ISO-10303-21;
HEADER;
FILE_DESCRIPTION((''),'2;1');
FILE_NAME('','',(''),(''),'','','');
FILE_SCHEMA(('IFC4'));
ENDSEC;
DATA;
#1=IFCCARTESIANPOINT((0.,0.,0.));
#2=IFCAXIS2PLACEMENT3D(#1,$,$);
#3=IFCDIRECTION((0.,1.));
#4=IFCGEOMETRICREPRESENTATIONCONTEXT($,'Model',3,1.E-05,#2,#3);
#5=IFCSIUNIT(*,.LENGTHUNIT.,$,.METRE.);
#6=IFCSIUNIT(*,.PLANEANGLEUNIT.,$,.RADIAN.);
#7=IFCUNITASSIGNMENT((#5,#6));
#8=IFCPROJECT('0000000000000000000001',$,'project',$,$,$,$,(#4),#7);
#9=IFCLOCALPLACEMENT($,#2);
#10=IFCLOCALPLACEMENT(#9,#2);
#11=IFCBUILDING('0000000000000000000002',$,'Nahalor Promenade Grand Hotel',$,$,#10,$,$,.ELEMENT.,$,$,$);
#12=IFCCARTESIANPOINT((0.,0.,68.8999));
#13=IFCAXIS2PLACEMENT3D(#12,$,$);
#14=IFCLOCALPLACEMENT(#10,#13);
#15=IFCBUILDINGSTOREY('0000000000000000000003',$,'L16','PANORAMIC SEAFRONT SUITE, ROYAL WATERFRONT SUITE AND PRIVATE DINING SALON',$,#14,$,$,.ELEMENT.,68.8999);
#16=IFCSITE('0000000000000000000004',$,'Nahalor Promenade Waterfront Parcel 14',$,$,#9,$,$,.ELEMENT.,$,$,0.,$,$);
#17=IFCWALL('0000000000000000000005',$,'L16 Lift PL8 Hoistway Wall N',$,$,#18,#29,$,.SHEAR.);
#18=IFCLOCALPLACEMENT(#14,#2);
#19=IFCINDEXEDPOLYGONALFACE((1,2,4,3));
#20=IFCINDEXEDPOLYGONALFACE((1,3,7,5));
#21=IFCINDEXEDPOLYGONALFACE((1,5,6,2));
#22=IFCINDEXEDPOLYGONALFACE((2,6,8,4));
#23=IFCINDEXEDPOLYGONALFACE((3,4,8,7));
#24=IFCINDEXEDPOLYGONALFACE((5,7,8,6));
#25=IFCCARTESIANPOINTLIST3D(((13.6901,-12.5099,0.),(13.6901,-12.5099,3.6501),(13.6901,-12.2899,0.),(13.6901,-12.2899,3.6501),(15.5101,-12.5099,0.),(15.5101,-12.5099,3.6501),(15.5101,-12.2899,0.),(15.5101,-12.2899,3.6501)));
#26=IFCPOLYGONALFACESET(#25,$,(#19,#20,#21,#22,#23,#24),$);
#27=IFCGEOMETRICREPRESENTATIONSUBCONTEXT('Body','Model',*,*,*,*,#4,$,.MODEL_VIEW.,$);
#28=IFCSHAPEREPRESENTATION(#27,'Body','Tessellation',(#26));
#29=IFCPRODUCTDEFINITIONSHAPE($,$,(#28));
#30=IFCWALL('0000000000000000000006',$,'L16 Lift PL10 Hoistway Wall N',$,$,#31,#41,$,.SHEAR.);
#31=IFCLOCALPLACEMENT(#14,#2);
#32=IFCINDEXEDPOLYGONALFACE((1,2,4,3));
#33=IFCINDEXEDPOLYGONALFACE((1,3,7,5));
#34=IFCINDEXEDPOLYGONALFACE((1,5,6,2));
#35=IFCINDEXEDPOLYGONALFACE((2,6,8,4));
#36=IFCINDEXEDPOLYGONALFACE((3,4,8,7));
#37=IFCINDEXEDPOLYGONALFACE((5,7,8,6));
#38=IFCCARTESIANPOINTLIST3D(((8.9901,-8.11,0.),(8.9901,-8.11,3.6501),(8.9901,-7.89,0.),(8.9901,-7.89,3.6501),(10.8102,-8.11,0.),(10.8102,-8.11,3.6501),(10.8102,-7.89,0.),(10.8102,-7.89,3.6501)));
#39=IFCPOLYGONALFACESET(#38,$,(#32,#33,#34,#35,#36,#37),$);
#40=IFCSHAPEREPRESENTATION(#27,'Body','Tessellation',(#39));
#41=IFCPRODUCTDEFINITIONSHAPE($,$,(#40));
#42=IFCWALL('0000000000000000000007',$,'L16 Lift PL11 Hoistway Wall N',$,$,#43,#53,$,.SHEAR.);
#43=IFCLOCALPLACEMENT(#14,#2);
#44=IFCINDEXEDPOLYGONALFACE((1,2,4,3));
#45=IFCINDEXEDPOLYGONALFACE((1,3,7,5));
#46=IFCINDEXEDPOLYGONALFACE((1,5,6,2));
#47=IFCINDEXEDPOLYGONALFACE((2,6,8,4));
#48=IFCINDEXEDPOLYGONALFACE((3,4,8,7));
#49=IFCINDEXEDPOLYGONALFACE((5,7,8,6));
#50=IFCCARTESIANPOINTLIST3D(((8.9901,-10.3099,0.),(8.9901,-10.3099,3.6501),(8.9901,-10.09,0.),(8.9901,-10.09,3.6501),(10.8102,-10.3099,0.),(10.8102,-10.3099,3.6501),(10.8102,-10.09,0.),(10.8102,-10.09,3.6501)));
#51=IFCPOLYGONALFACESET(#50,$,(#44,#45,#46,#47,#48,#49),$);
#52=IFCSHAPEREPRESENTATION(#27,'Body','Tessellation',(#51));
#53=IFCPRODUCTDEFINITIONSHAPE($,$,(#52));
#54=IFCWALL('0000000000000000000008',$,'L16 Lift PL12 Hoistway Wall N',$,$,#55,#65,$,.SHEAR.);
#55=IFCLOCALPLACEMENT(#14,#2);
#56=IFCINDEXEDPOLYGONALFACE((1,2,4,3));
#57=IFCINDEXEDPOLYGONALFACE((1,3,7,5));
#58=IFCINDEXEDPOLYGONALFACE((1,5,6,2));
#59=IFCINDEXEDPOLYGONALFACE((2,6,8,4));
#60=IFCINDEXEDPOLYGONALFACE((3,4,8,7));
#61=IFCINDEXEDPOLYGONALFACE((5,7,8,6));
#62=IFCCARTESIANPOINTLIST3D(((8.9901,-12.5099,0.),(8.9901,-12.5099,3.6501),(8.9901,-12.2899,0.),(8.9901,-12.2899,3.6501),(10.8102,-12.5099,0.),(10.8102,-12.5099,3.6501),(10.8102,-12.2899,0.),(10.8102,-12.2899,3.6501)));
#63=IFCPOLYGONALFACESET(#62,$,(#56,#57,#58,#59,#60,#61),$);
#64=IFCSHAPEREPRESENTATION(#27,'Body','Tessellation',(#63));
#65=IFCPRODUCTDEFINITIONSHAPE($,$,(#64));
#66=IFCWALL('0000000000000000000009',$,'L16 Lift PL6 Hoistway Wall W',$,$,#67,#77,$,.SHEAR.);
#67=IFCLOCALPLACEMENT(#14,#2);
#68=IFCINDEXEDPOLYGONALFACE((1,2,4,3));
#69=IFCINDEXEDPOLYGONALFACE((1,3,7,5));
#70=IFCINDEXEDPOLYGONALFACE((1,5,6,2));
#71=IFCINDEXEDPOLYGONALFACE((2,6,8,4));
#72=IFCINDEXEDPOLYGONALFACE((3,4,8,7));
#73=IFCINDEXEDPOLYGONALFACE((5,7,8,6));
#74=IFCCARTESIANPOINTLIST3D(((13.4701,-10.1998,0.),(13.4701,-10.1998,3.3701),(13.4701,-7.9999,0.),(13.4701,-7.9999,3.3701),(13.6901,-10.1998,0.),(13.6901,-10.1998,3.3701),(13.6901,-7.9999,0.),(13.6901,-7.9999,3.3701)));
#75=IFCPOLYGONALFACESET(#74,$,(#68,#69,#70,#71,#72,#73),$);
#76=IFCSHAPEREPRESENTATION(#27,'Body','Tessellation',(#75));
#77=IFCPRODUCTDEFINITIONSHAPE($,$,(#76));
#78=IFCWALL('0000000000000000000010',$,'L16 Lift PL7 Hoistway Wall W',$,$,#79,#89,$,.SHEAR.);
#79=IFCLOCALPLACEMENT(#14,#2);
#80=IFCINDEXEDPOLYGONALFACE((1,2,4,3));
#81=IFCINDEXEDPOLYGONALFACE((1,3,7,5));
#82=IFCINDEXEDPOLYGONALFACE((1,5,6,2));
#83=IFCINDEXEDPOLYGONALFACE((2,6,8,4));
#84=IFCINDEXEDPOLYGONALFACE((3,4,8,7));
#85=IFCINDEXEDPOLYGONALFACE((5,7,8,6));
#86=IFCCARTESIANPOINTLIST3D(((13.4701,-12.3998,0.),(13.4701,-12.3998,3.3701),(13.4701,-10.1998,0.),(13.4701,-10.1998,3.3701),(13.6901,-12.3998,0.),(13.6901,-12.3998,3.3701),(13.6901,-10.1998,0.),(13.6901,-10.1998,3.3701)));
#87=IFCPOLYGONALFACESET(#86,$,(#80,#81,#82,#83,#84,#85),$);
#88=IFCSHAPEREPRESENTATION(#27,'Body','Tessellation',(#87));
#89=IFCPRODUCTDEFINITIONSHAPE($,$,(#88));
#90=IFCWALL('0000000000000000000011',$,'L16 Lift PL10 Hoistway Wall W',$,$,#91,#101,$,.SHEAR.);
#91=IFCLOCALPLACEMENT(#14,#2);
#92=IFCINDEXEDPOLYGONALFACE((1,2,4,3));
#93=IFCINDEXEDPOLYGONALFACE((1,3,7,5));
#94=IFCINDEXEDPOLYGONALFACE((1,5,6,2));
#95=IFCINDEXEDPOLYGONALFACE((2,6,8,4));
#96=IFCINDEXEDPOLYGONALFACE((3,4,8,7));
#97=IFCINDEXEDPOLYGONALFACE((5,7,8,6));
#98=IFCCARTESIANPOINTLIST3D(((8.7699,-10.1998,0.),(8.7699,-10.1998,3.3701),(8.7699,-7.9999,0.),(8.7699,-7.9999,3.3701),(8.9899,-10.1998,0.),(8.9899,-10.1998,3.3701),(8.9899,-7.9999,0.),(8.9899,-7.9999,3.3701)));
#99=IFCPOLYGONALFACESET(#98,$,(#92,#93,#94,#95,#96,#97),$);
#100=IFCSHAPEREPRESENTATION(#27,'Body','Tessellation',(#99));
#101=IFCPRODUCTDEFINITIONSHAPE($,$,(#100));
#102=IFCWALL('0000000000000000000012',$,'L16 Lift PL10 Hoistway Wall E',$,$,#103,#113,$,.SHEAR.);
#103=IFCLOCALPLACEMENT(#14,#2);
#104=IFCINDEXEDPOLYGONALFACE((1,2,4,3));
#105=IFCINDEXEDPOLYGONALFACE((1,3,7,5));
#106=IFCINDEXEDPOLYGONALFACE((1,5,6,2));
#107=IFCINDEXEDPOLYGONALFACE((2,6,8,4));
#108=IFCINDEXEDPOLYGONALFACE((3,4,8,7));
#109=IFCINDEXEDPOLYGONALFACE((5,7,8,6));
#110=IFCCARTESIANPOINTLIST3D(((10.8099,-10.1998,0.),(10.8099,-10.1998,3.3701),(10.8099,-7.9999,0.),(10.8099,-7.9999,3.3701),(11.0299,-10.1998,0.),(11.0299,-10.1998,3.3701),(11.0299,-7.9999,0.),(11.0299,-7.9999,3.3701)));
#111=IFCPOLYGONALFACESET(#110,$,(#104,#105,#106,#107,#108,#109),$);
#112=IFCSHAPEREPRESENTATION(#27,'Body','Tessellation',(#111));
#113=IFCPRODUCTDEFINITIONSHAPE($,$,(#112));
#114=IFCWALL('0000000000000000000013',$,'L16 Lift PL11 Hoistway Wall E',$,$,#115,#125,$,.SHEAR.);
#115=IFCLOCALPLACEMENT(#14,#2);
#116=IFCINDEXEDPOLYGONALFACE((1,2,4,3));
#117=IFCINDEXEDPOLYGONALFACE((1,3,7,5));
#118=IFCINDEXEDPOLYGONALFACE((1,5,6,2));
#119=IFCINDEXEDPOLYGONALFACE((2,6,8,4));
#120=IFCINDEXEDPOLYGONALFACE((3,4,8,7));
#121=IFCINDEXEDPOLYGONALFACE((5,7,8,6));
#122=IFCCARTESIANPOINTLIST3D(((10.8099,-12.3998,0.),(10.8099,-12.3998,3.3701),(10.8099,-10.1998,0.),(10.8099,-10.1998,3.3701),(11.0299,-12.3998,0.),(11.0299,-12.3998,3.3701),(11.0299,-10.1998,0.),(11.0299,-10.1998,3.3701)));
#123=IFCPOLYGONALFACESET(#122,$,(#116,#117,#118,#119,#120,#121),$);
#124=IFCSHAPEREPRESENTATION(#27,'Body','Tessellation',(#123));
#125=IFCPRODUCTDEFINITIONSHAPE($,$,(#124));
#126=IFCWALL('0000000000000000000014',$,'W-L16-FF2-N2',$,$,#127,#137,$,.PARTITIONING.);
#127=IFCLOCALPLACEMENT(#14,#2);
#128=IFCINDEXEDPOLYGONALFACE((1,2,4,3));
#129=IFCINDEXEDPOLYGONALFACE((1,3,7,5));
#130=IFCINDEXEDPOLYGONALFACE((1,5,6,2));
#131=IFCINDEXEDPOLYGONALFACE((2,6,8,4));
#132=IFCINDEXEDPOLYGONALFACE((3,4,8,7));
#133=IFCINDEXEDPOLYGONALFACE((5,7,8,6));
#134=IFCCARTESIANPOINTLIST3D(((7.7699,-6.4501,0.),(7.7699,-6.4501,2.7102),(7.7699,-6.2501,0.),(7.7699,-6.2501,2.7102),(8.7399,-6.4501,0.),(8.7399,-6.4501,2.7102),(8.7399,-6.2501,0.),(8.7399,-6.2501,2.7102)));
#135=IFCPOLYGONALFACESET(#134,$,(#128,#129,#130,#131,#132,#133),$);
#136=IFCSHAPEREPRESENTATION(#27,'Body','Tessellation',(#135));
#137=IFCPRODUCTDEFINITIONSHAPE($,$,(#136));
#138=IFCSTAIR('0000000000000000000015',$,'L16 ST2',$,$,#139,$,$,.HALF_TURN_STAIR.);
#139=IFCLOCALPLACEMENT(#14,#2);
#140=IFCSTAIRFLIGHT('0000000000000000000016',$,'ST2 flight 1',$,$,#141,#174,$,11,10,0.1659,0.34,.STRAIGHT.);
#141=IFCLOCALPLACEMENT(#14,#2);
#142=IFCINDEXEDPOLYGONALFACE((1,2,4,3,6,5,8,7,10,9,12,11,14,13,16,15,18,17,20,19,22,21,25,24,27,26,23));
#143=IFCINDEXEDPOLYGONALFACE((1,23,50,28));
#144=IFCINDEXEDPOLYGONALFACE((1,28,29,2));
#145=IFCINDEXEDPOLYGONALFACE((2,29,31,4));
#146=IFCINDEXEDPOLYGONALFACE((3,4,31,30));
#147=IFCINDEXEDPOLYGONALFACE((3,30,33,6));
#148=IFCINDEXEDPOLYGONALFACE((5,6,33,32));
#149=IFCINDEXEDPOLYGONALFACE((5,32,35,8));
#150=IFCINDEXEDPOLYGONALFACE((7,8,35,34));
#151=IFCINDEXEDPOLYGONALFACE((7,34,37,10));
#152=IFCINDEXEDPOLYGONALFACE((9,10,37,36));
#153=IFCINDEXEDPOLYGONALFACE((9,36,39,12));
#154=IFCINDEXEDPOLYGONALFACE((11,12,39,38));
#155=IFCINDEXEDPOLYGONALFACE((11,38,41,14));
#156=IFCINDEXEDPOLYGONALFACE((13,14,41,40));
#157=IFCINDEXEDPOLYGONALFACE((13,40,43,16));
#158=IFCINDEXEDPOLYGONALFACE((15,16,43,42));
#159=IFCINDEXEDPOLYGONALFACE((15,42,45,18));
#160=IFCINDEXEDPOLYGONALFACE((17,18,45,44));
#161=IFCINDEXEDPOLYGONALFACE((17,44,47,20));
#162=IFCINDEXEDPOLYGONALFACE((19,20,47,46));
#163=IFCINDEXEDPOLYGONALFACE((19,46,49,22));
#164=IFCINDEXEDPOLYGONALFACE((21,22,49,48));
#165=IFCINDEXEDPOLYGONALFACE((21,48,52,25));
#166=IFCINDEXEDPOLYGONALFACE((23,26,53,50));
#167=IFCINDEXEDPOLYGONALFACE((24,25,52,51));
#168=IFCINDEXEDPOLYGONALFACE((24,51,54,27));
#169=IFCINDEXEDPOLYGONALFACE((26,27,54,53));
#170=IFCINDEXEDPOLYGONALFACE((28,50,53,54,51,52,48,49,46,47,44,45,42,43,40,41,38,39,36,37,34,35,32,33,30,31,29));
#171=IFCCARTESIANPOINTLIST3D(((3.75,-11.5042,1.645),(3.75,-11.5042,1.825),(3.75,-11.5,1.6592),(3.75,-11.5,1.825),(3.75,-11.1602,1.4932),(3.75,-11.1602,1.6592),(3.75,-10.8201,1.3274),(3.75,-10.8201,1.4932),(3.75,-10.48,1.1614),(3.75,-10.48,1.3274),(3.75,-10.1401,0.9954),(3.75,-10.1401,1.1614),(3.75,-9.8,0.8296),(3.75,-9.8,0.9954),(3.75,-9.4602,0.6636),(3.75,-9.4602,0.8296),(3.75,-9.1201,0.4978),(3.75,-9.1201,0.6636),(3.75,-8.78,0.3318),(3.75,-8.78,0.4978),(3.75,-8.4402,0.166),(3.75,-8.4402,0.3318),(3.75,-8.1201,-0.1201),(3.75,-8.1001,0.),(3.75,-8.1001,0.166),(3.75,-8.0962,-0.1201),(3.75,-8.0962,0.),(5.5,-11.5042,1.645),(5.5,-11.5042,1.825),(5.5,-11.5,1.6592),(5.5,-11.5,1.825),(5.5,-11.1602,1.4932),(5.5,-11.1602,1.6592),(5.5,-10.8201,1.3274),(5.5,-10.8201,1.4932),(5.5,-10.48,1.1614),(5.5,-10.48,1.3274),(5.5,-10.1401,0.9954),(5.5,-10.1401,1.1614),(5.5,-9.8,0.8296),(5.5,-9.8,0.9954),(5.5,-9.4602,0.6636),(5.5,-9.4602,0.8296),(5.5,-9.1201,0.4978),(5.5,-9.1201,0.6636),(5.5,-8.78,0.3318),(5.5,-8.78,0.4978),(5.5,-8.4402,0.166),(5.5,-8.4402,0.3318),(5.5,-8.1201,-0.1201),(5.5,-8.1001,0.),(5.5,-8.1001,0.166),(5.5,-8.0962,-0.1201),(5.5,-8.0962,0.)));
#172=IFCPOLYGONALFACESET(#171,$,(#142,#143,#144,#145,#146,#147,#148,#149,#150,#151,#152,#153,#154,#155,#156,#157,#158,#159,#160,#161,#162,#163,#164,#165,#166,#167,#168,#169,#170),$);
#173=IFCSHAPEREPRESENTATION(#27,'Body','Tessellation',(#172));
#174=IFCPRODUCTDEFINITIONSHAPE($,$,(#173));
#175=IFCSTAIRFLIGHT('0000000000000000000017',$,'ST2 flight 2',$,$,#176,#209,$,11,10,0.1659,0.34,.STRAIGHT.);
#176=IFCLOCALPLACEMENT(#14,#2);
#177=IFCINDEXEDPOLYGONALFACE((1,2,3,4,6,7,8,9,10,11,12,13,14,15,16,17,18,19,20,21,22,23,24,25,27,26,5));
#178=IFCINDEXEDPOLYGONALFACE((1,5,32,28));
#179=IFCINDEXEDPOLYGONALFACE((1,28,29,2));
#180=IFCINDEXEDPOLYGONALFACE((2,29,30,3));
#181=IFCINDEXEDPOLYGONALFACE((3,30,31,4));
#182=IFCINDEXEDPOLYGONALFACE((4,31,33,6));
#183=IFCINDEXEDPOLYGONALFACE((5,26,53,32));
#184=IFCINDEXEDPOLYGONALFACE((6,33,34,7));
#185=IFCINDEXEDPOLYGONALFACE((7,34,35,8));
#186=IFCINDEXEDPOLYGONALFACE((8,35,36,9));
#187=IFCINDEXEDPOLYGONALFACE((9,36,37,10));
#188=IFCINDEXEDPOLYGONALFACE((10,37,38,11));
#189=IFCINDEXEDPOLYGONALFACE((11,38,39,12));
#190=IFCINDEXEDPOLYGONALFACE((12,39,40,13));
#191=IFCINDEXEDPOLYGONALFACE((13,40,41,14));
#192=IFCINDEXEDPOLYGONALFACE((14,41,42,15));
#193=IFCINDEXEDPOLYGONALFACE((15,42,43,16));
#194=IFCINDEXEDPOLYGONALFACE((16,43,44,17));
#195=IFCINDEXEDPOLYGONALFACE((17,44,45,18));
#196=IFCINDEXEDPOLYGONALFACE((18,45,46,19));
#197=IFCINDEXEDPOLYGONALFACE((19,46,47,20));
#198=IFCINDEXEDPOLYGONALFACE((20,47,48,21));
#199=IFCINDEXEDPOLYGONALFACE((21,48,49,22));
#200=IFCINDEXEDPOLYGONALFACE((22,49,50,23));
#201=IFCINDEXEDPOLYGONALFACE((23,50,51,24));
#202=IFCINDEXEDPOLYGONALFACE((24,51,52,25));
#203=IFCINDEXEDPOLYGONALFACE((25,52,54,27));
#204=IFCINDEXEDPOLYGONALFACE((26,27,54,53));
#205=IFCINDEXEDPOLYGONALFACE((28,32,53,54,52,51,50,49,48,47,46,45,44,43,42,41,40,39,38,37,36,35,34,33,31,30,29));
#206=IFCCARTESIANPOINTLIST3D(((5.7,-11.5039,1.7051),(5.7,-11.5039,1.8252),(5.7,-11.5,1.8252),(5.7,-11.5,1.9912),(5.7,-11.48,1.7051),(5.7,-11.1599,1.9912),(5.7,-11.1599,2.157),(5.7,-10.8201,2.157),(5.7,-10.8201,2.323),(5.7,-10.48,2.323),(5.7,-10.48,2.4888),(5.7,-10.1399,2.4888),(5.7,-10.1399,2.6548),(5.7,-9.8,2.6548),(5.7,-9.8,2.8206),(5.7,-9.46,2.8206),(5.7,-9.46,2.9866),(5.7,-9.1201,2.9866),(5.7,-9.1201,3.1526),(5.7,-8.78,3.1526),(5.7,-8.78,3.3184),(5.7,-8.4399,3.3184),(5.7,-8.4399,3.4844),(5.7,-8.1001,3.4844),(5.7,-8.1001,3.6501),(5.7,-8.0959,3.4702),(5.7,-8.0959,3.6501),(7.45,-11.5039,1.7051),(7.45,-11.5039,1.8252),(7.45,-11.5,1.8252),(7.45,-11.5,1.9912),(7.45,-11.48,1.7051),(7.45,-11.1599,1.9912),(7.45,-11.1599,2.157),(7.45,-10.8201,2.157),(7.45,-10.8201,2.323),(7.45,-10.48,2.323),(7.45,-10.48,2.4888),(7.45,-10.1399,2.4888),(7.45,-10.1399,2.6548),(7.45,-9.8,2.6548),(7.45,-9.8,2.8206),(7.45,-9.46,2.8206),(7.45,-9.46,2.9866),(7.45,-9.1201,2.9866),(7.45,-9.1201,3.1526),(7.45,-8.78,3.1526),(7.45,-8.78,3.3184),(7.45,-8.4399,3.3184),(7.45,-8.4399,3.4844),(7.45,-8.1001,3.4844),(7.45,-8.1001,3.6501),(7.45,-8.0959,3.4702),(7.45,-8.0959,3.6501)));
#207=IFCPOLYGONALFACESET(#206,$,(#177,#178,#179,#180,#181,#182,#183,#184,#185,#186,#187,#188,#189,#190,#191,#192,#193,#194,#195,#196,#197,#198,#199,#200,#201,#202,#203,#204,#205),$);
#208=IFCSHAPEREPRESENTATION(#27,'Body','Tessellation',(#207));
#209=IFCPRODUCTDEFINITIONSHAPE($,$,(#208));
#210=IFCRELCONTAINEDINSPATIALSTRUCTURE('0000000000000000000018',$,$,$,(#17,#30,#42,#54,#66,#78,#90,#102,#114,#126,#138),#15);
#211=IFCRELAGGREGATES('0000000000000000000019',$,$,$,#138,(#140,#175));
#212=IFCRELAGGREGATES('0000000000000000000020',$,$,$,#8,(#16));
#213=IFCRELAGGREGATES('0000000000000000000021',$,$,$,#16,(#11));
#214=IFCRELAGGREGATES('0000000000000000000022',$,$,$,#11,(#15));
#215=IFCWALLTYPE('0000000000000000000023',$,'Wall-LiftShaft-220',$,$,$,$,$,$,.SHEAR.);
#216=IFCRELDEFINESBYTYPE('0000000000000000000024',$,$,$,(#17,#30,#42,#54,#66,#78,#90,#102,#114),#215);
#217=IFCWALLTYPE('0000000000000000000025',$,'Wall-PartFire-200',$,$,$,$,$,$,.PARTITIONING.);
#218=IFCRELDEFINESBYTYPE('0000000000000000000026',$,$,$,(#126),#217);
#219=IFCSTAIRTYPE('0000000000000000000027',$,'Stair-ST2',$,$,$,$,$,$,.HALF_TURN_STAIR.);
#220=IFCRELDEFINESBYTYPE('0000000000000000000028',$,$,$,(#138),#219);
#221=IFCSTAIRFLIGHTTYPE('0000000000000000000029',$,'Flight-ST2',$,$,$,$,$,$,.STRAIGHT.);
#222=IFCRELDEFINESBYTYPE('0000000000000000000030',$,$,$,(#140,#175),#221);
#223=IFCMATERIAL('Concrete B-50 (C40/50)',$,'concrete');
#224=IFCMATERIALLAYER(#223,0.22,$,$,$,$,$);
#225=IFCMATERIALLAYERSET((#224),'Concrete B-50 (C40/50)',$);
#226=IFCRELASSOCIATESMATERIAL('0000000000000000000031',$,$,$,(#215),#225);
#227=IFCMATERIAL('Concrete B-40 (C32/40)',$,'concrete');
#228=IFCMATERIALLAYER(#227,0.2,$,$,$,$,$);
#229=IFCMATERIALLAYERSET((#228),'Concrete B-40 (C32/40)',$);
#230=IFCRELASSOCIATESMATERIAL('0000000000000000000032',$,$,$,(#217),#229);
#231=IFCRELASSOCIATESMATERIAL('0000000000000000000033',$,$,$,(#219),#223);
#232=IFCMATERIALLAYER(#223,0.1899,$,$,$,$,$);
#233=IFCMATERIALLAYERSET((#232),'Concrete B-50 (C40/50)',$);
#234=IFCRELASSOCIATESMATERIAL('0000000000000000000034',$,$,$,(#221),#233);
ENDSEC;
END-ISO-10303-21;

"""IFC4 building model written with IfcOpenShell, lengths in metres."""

from ifc_helpers import new_model, si_unit, direction, frame, frame_2d, origin, place, context, subcontext, project, spatial, polyline, rectangle, outline, extrude, source, transform, mapped, material, layer, layer_set, type_object, element, aggregate, save


model = new_model("IFC4")

# Units and contexts
model_context = context("Model", 3, precision=1e-05, world=origin(), true_north=direction((0.0, 1.0)))
body_context = subcontext(model_context, "Body", "Model", "MODEL_VIEW")
ifc_project = project(units=[si_unit("LENGTHUNIT", "METRE"), si_unit("PLANEANGLEUNIT", "RADIAN")], contexts=[model_context])

# Site, building, storey
site_placement = place(None, origin())
site = spatial("IfcSite", under=ifc_project, at=site_placement, Name="Nahalor Promenade Waterfront Parcel 14", CompositionType="ELEMENT", RefElevation=0.0)
building_placement = place(site_placement, origin())
building = spatial("IfcBuilding", under=site, at=building_placement, Name="Nahalor Promenade Grand Hotel", CompositionType="ELEMENT")
storey_placement = place(building_placement, frame((0.0, 0.0, 68.8999)))
storey = spatial("IfcBuildingStorey", under=building, at=storey_placement, Name="L16", Description="PANORAMIC SEAFRONT SUITE, ROYAL WATERFRONT SUITE AND PRIVATE DINING SALON", CompositionType="ELEMENT", Elevation=68.8999)

# Walls
ifc_material_1 = material(Name="Concrete B-50 (C40/50)", Category="concrete")
ifc_layer_1 = layer(ifc_material_1, 0.22)
ifc_layer_set_1 = layer_set([ifc_layer_1], Name="Concrete B-50 (C40/50)")
wall_type_1 = type_object("IfcWallType", Name="Wall-LiftShaft-220", PredefinedType="SHEAR", material=ifc_layer_set_1)
shared_shape_1 = source(origin(), body_context, "Body", "SweptSolid", [
    extrude(rectangle(XDim=1.8201, YDim=0.22, at=frame_2d((0.9102, 0.0))), origin(), (0.0, 0.0, 1.0), 3.6501),
])
for number, where, z_axis, x_axis, name in (
    (1, (13.6899, -12.3999, 0.0), (0.0, 0.0, 1.0), (1.0, 0.0, 0.0), "L16 Lift PL8 Hoistway Wall N"),
    (2, (8.99, -8.0, 0.0), (0.0, 0.0, 1.0), (1.0, 0.0, 0.0), "L16 Lift PL10 Hoistway Wall N"),
    (3, (8.99, -10.2, 0.0), (0.0, 0.0, 1.0), (1.0, 0.0, 0.0), "L16 Lift PL11 Hoistway Wall N"),
    (4, (8.99, -12.3999, 0.0), (0.0, 0.0, 1.0), (1.0, 0.0, 0.0), "L16 Lift PL12 Hoistway Wall N"),
):
    element("IfcWall", number, at=place(storey_placement, frame(where, z_axis=z_axis, x_axis=x_axis)), inside=storey, type_object=wall_type_1, Name=name, PredefinedType="SHEAR", context=body_context, shape_type="MappedRepresentation", body=[
        mapped(shared_shape_1, transform((0.0, 0.0, 0.0), scale=1.0)),
    ])
shared_shape_2 = source(origin(), body_context, "Body", "SweptSolid", [
    extrude(rectangle(XDim=2.2, YDim=0.22, at=frame_2d((1.1001, 0.0))), origin(), (0.0, 0.0, 1.0), 3.3701),
])
for number, where, z_axis, x_axis, name in (
    (5, (13.5801, -10.2, 0.0), (0.0, 0.0, 1.0), (0.0, 1.0, 0.0), "L16 Lift PL6 Hoistway Wall W"),
    (6, (13.5801, -12.3999, 0.0), (0.0, 0.0, 1.0), (0.0, 1.0, 0.0), "L16 Lift PL7 Hoistway Wall W"),
    (7, (8.8799, -10.2, 0.0), (0.0, 0.0, 1.0), (0.0, 1.0, 0.0), "L16 Lift PL10 Hoistway Wall W"),
    (8, (10.9199, -10.2, 0.0), (0.0, 0.0, 1.0), (0.0, 1.0, 0.0), "L16 Lift PL10 Hoistway Wall E"),
    (9, (10.9199, -12.3999, 0.0), (0.0, 0.0, 1.0), (0.0, 1.0, 0.0), "L16 Lift PL11 Hoistway Wall E"),
):
    element("IfcWall", number, at=place(storey_placement, frame(where, z_axis=z_axis, x_axis=x_axis)), inside=storey, type_object=wall_type_1, Name=name, PredefinedType="SHEAR", context=body_context, shape_type="MappedRepresentation", body=[
        mapped(shared_shape_2, transform((0.0, 0.0, 0.0), scale=1.0)),
    ])
ifc_material_2 = material(Name="Concrete B-40 (C32/40)", Category="concrete")
ifc_layer_2 = layer(ifc_material_2, 0.2)
ifc_layer_set_2 = layer_set([ifc_layer_2], Name="Concrete B-40 (C32/40)")
wall_type_2 = type_object("IfcWallType", Name="Wall-PartFire-200", PredefinedType="PARTITIONING", material=ifc_layer_set_2)
shared_shape_3 = source(origin(), body_context, "Body", "SweptSolid", [
    extrude(rectangle(XDim=0.97, YDim=0.2, at=frame_2d((0.4849, 0.0))), origin(), (0.0, 0.0, 1.0), 2.7102),
])
wall_1_placement = place(storey_placement, frame((7.77, -6.3501, 0.0), z_axis=(0.0, 0.0, 1.0), x_axis=(1.0, 0.0, 0.0)))
element("IfcWall", 10, at=wall_1_placement, inside=storey, type_object=wall_type_2, Name="W-L16-FF2-N2", PredefinedType="PARTITIONING", context=body_context, shape_type="MappedRepresentation", body=[
    mapped(shared_shape_3, transform((0.0, 0.0, 0.0), scale=1.0)),
])

# Stair, stair flights
stair_type = type_object("IfcStairType", Name="Stair-ST2", PredefinedType="HALF_TURN_STAIR", material=ifc_material_1)
stair_placement = place(storey_placement, origin())
stair = element("IfcStair", 11, at=stair_placement, inside=storey, type_object=stair_type, Name="L16 ST2", PredefinedType="HALF_TURN_STAIR")
ifc_layer_3 = layer(ifc_material_1, 0.1899)
ifc_layer_set_3 = layer_set([ifc_layer_3], Name="Concrete B-50 (C40/50)")
stair_flight_type = type_object("IfcStairFlightType", Name="Flight-ST2", PredefinedType="STRAIGHT", material=ifc_layer_set_3)
shared_shape_4 = source(origin(), body_context, "Body", "SweptSolid", [
    extrude(outline(polyline([(-0.0039, -0.1201), (-0.0039, 0.0), (0.0, 0.0), (0.0, 0.166), (0.3401, 0.166), (0.3401, 0.3318), (0.6799, 0.3318), (0.6799, 0.4978), (1.02, 0.4978), (1.02, 0.6636), (1.3601, 0.6636), (1.3601, 0.8296), (1.7, 0.8296), (1.7, 0.9954), (2.04, 0.9954), (2.04, 1.1614), (2.3799, 1.1614), (2.3799, 1.3274), (2.72, 1.3274), (2.72, 1.4932), (3.0601, 1.4932), (3.0601, 1.6592), (3.3999, 1.6592), (3.3999, 1.825), (3.4041, 1.825), (3.4041, 1.645), (0.02, -0.1201), (-0.0039, -0.1201)])), frame((0.0, 0.875, 0.0), z_axis=(0.0, -1.0, 0.0), x_axis=(1.0, 0.0, 0.0)), (0.0, 0.0, 1.0), 1.75),
])
stair_flight_1_placement = place(storey_placement, frame((4.625, -8.1001, 0.0), z_axis=(0.0, 0.0, 1.0), x_axis=(0.0, -1.0, 0.0)))
stair_flight_1 = element("IfcStairFlight", 12, at=stair_flight_1_placement, type_object=stair_flight_type, Name="ST2 flight 1", NumberOfRisers=11, NumberOfTreads=10, PredefinedType="STRAIGHT", RiserHeight=0.1659, TreadLength=0.34, context=body_context, shape_type="MappedRepresentation", body=[
    mapped(shared_shape_4, transform((0.0, 0.0, 0.0), scale=1.0)),
])
stair_flight_2_placement = place(storey_placement, frame((6.575, -11.5, 1.8252), z_axis=(0.0, 0.0, 1.0), x_axis=(0.0, 1.0, 0.0)))
stair_flight_2 = element("IfcStairFlight", 13, at=stair_flight_2_placement, type_object=stair_flight_type, Name="ST2 flight 2", NumberOfRisers=11, NumberOfTreads=10, PredefinedType="STRAIGHT", RiserHeight=0.1659, TreadLength=0.34, context=body_context, shape_type="MappedRepresentation", body=[
    mapped(shared_shape_4, transform((0.0, 0.0, 0.0), scale=1.0)),
])
aggregate(stair, [stair_flight_1, stair_flight_2])

save(model, "model.ifc")
